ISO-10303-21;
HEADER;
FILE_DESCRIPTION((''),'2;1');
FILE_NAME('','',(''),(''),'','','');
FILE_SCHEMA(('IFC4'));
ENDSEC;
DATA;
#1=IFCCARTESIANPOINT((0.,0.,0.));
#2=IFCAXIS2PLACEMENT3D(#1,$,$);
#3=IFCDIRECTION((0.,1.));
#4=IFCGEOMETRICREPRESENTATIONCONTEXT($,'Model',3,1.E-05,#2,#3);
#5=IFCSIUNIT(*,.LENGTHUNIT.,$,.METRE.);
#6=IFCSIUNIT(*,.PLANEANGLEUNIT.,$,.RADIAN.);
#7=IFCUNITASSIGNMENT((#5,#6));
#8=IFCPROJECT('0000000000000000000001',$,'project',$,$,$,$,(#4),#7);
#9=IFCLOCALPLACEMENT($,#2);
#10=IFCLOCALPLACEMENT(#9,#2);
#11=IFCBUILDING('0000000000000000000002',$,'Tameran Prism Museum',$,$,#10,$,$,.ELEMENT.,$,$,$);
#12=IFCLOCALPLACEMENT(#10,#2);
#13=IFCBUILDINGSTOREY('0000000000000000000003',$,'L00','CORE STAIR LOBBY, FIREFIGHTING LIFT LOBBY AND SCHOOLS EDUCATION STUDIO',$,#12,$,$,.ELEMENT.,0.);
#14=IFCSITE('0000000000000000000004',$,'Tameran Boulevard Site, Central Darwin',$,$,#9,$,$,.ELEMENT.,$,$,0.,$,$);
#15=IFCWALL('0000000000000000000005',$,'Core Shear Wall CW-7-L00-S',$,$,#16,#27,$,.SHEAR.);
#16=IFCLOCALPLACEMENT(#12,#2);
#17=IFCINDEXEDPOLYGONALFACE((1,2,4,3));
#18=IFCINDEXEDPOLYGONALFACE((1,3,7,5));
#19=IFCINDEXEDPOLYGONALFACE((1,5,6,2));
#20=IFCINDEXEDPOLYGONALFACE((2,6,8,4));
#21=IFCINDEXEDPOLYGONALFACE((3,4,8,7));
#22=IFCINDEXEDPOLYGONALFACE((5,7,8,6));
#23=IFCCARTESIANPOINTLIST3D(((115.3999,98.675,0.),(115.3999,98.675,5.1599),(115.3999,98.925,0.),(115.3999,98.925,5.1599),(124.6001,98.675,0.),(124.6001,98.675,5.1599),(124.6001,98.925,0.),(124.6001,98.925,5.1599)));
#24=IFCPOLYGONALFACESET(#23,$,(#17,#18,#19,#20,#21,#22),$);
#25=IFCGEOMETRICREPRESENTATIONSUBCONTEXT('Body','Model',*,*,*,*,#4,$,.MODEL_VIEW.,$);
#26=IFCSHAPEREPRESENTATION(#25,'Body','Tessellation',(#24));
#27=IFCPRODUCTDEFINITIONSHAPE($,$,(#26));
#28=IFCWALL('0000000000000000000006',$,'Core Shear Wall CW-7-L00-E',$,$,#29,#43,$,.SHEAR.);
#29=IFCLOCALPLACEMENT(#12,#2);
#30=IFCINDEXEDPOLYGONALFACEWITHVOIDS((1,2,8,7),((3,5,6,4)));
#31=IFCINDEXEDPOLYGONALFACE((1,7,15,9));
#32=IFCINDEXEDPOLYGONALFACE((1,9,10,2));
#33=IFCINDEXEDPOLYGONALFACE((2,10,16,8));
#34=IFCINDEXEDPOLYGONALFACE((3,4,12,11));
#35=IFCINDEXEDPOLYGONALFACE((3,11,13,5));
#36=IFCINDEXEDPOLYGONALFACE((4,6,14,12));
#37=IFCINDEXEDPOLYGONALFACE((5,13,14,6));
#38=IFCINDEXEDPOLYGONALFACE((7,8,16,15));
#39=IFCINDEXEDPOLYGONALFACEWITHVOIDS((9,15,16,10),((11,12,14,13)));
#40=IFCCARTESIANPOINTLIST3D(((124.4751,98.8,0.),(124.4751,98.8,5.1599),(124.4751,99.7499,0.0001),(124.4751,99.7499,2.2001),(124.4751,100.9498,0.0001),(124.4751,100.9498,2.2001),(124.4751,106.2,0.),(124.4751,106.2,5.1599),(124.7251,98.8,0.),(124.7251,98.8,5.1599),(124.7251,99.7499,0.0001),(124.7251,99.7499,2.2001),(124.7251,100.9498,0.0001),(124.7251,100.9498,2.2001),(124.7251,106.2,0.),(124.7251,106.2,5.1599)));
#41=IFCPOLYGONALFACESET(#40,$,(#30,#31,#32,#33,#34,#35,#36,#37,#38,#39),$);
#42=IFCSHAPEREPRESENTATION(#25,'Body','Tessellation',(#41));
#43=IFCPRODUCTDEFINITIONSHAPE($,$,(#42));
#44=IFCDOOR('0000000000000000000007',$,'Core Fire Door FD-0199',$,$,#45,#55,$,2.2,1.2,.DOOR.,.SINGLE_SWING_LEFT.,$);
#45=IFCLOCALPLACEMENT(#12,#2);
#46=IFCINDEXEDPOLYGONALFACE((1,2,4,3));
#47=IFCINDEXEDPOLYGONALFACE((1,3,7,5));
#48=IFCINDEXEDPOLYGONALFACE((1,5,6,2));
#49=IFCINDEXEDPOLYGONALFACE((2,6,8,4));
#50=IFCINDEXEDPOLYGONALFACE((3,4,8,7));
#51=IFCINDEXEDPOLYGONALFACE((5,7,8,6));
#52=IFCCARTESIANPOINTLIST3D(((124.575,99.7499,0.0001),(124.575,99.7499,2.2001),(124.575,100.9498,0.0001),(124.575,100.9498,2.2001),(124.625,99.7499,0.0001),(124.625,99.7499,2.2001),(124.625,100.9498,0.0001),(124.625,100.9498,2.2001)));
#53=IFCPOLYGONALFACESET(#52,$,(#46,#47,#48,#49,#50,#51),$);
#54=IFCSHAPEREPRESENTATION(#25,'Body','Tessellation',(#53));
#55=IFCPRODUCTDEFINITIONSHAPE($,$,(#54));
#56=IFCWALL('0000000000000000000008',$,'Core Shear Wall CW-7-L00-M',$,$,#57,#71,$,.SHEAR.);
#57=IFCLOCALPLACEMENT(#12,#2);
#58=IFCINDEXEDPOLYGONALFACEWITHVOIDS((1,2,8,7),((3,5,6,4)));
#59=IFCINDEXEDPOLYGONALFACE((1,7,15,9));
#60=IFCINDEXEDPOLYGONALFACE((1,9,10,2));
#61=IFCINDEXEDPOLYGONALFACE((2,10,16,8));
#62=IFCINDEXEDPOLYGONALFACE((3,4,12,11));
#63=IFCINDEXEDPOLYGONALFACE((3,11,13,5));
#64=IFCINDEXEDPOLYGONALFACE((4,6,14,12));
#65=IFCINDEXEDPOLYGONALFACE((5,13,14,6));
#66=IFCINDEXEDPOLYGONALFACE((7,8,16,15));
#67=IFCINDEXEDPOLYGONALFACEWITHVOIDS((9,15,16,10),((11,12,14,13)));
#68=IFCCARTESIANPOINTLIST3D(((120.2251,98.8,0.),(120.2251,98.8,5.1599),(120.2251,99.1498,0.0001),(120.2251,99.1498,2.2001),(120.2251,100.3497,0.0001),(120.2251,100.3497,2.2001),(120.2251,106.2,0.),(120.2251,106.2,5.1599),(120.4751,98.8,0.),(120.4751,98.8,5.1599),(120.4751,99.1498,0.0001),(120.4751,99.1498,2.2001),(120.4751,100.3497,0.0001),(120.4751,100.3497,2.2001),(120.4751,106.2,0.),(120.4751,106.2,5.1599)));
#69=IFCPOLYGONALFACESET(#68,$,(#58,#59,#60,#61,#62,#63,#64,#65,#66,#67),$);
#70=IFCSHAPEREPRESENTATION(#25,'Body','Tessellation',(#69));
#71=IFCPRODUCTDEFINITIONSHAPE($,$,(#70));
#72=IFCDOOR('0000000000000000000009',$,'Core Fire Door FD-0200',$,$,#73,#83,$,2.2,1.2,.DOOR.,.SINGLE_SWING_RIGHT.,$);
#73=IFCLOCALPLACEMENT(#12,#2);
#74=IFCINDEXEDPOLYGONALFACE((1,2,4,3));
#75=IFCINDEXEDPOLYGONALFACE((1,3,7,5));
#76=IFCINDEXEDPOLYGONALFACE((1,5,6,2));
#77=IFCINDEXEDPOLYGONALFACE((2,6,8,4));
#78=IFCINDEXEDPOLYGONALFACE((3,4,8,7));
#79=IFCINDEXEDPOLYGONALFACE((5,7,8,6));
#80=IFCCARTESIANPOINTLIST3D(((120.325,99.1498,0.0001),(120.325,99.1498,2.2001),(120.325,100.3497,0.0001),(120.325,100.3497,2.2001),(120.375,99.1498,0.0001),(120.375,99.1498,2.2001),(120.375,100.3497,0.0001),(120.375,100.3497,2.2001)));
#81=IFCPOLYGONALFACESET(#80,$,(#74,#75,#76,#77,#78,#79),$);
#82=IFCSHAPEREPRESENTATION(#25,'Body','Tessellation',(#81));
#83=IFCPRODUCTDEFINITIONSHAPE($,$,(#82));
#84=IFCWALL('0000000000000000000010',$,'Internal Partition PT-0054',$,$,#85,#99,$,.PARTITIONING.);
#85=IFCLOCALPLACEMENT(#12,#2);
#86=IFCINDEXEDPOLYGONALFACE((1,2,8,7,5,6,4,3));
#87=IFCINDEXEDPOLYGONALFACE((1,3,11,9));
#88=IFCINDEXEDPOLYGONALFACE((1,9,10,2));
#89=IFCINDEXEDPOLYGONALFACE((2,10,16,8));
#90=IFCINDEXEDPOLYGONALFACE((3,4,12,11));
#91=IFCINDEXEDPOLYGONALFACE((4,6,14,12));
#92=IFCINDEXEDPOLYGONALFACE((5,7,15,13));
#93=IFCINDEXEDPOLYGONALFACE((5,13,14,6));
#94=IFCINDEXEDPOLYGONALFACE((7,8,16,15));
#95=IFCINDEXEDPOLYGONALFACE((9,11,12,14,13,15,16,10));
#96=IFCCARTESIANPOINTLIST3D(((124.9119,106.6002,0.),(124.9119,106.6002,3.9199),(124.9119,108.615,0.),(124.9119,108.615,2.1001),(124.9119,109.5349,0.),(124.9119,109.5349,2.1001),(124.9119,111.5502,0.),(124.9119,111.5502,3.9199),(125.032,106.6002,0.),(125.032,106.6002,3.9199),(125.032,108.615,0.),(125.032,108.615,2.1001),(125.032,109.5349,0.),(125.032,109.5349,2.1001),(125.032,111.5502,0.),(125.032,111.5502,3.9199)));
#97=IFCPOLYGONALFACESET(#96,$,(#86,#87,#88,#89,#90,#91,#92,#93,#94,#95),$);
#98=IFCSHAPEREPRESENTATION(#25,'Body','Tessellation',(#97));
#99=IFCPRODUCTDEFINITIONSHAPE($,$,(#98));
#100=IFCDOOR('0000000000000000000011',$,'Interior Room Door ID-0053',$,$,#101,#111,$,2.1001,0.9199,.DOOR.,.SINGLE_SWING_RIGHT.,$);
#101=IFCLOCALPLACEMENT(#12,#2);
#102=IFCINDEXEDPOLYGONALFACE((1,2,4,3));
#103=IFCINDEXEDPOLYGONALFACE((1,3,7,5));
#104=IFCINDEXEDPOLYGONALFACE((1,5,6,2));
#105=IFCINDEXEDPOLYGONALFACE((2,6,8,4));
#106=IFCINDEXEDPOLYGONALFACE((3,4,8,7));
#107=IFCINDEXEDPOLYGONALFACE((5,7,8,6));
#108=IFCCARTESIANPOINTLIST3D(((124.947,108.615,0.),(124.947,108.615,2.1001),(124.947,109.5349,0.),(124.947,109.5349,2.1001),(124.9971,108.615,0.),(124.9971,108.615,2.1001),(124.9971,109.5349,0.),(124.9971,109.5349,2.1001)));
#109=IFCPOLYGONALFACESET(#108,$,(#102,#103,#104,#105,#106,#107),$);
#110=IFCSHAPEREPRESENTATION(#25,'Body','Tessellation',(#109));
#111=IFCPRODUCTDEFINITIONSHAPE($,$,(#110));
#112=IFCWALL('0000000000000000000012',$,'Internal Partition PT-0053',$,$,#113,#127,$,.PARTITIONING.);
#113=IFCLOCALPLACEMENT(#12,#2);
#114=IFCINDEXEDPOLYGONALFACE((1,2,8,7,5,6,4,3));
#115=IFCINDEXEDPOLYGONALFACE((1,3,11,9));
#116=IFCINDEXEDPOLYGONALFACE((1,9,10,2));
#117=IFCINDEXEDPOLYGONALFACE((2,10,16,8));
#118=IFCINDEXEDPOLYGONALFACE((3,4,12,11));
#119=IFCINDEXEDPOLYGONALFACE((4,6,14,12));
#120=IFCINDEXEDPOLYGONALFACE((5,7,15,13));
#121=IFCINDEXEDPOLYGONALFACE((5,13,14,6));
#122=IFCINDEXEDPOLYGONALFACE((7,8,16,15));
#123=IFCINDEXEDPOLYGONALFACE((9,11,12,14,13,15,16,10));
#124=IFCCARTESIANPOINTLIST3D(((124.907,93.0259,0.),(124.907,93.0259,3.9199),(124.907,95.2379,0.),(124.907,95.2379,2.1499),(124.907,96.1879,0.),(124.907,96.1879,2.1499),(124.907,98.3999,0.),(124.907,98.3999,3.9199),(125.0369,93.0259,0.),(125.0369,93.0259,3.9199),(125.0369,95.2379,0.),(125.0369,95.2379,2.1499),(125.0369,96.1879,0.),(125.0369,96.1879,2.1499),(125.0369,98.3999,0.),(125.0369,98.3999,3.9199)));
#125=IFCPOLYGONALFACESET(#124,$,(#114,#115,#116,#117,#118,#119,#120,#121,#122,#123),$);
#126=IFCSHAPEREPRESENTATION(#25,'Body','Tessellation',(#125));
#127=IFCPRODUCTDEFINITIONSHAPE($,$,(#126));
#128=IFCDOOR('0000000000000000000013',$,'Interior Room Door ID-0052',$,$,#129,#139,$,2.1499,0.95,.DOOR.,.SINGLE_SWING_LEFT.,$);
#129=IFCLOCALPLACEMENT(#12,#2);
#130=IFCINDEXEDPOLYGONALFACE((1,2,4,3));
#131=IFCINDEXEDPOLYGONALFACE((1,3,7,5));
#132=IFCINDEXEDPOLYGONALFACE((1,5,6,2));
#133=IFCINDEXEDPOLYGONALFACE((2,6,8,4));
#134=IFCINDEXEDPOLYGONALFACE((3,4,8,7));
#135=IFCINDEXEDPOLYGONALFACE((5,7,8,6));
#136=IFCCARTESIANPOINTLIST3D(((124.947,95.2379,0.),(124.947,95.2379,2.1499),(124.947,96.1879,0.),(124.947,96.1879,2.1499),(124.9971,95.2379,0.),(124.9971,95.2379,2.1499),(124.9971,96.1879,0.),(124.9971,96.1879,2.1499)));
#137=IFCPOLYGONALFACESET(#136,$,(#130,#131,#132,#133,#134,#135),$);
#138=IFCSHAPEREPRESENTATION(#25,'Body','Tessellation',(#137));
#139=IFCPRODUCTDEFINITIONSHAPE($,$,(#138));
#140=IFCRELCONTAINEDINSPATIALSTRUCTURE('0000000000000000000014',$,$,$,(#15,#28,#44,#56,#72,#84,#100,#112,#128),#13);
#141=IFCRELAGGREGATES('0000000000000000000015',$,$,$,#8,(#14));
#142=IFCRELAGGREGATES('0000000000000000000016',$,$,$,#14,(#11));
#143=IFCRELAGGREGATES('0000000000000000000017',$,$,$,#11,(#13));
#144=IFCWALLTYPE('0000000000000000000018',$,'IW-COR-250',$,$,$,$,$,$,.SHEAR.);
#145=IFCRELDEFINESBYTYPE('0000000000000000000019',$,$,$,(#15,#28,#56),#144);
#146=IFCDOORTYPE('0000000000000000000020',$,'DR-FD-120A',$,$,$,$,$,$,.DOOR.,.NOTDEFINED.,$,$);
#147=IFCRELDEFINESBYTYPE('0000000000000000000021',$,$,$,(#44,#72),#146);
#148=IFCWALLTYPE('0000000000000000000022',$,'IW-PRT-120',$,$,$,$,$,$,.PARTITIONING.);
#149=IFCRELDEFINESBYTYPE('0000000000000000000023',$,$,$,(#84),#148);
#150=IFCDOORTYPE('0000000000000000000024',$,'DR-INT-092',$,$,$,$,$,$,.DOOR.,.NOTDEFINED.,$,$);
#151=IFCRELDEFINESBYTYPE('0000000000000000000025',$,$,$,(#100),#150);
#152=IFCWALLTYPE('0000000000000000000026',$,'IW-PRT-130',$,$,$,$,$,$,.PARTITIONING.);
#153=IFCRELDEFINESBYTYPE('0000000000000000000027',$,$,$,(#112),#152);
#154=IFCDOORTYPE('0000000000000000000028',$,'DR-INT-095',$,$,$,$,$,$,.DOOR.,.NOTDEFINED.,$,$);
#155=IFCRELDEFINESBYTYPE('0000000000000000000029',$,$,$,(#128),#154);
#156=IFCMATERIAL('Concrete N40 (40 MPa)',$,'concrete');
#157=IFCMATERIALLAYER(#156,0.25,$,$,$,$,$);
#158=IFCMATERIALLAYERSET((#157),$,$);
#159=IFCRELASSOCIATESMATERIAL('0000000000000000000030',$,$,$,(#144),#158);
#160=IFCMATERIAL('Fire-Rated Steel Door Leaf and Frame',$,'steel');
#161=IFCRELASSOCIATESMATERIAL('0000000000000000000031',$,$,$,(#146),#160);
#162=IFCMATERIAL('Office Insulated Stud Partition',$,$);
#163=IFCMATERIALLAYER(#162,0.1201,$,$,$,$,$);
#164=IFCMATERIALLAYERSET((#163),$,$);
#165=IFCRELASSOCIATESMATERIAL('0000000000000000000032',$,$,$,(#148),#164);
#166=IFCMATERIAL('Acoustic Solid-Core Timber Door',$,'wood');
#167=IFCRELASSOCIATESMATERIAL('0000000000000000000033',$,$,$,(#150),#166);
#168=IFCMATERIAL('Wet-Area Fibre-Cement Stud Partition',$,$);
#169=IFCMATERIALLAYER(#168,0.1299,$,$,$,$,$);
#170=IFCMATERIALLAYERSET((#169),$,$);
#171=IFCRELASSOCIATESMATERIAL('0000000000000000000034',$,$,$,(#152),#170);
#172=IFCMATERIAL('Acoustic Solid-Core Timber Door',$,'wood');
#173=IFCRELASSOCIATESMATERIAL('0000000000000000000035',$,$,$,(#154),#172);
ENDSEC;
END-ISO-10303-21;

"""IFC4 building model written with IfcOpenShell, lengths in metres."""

from ifc_helpers import new_model, si_unit, direction, frame, frame_2d, origin, place, context, subcontext, project, spatial, rectangle, extrude, material, layer, layer_set, type_object, element, fill, save


model = new_model("IFC4")

# Units and contexts
model_context = context("Model", 3, precision=1e-05, world=origin(), true_north=direction((0.0, 1.0)))
body_context = subcontext(model_context, "Body", "Model", "MODEL_VIEW")
ifc_project = project(units=[si_unit("LENGTHUNIT", "METRE"), si_unit("PLANEANGLEUNIT", "RADIAN")], contexts=[model_context])

# Site, building, storey
site_placement = place(None, origin())
site = spatial("IfcSite", under=ifc_project, at=site_placement, Name="Tameran Boulevard Site, Central Darwin", CompositionType="ELEMENT", RefElevation=0.0)
building_placement = place(site_placement, origin())
building = spatial("IfcBuilding", under=site, at=building_placement, Name="Tameran Prism Museum", CompositionType="ELEMENT")
storey_placement = place(building_placement, origin())
storey = spatial("IfcBuildingStorey", under=building, at=storey_placement, Name="L00", Description="CORE STAIR LOBBY, FIREFIGHTING LIFT LOBBY AND SCHOOLS EDUCATION STUDIO", CompositionType="ELEMENT", Elevation=0.0)

# Wall
ifc_material_1 = material(Name="Concrete N40 (40 MPa)", Category="concrete")
ifc_layer_1 = layer(ifc_material_1, 0.25)
ifc_layer_set_1 = layer_set([ifc_layer_1])
wall_type_1 = type_object("IfcWallType", Name="IW-COR-250", PredefinedType="SHEAR", material=ifc_layer_set_1)
wall_1_placement = place(storey_placement, frame((124.6001, 98.8, 0.0), z_axis=(0.0, 0.0, 1.0), x_axis=(-1.0, 0.0, 0.0)))
element("IfcWall", 1, at=wall_1_placement, inside=storey, type_object=wall_type_1, Name="Core Shear Wall CW-7-L00-S", PredefinedType="SHEAR", context=body_context, shape_type="SweptSolid", body=[
    extrude(rectangle(XDim=9.2002, YDim=0.25, at=frame_2d((4.6001, 0.0))), origin(), (0.0, 0.0, 1.0), 5.1599),
])

# Walls, openings, doors
wall_2_placement = place(storey_placement, frame((124.6001, 106.2, 0.0), z_axis=(0.0, 0.0, 1.0), x_axis=(0.0, -1.0, 0.0)))
wall_2 = element("IfcWall", 2, at=wall_2_placement, inside=storey, type_object=wall_type_1, Name="Core Shear Wall CW-7-L00-E", PredefinedType="SHEAR", context=body_context, shape_type="SweptSolid", body=[
    extrude(rectangle(XDim=7.3999, YDim=0.25, at=frame_2d((3.7, 0.0))), origin(), (0.0, 0.0, 1.0), 5.1599),
])
opening_1_placement = place(wall_2_placement, frame((5.25, 0.0, 0.0)))
opening_1 = element("IfcOpeningElement", 3, at=opening_1_placement, cuts=wall_2, PredefinedType="OPENING", context=body_context, shape_type="SweptSolid", body=[
    extrude(rectangle(XDim=1.2, YDim=2.2, at=frame_2d((0.6001, 1.1001))), frame((0.0, 0.135, 0.0), z_axis=(0.0, -1.0, 0.0), x_axis=(1.0, 0.0, 0.0)), (0.0, 0.0, 1.0), 0.27),
])
ifc_material_2 = material(Name="Fire-Rated Steel Door Leaf and Frame", Category="steel")
door_type_1 = type_object("IfcDoorType", Name="DR-FD-120A", OperationType="NOTDEFINED", PredefinedType="DOOR", material=ifc_material_2)
door_1_placement = place(opening_1_placement, origin())
door_1 = element("IfcDoor", 4, at=door_1_placement, inside=storey, type_object=door_type_1, Name="Core Fire Door FD-0199", OperationType="SINGLE_SWING_LEFT", OverallHeight=2.2, OverallWidth=1.2, PredefinedType="DOOR", context=body_context, shape_type="SweptSolid", body=[
    extrude(rectangle(XDim=1.2, YDim=2.2, at=frame_2d((0.6001, 1.1001))), frame((0.0, 0.0249, 0.0), z_axis=(0.0, -1.0, 0.0), x_axis=(1.0, 0.0, 0.0)), (0.0, 0.0, 1.0), 0.05),
])
fill(opening_1, door_1)
wall_3_placement = place(storey_placement, frame((120.3501, 106.2, 0.0), z_axis=(0.0, 0.0, 1.0), x_axis=(0.0, -1.0, 0.0)))
wall_3 = element("IfcWall", 5, at=wall_3_placement, inside=storey, type_object=wall_type_1, Name="Core Shear Wall CW-7-L00-M", PredefinedType="SHEAR", context=body_context, shape_type="SweptSolid", body=[
    extrude(rectangle(XDim=7.3999, YDim=0.25, at=frame_2d((3.7, 0.0))), origin(), (0.0, 0.0, 1.0), 5.1599),
])
opening_2_placement = place(wall_3_placement, frame((5.8501, 0.0, 0.0)))
opening_2 = element("IfcOpeningElement", 6, at=opening_2_placement, cuts=wall_3, PredefinedType="OPENING", context=body_context, shape_type="SweptSolid", body=[
    extrude(rectangle(XDim=1.2, YDim=2.2, at=frame_2d((0.6001, 1.1001))), frame((0.0, 0.135, 0.0), z_axis=(0.0, -1.0, 0.0), x_axis=(1.0, 0.0, 0.0)), (0.0, 0.0, 1.0), 0.27),
])
door_2_placement = place(opening_2_placement, origin())
door_2 = element("IfcDoor", 7, at=door_2_placement, inside=storey, type_object=door_type_1, Name="Core Fire Door FD-0200", OperationType="SINGLE_SWING_RIGHT", OverallHeight=2.2, OverallWidth=1.2, PredefinedType="DOOR", context=body_context, shape_type="SweptSolid", body=[
    extrude(rectangle(XDim=1.2, YDim=2.2, at=frame_2d((0.6001, 1.1001))), frame((0.0, 0.0249, 0.0), z_axis=(0.0, -1.0, 0.0), x_axis=(1.0, 0.0, 0.0)), (0.0, 0.0, 1.0), 0.05),
])
fill(opening_2, door_2)
ifc_material_3 = material(Name="Office Insulated Stud Partition")
ifc_layer_2 = layer(ifc_material_3, 0.1201)
ifc_layer_set_2 = layer_set([ifc_layer_2])
wall_type_2 = type_object("IfcWallType", Name="IW-PRT-120", PredefinedType="PARTITIONING", material=ifc_layer_set_2)
wall_4_placement = place(storey_placement, frame((124.9719, 106.6001, 0.0), z_axis=(0.0, 0.0, 1.0), x_axis=(0.0, 1.0, 0.0)))
wall_4 = element("IfcWall", 8, at=wall_4_placement, inside=storey, type_object=wall_type_2, Name="Internal Partition PT-0054", PredefinedType="PARTITIONING", context=body_context, shape_type="SweptSolid", body=[
    extrude(rectangle(XDim=4.95, YDim=0.1201, at=frame_2d((2.4751, 0.0))), origin(), (0.0, 0.0, 1.0), 3.9199),
])
opening_3_placement = place(wall_4_placement, frame((2.0149, 0.0, 0.0)))
opening_3 = element("IfcOpeningElement", 9, at=opening_3_placement, cuts=wall_4, PredefinedType="OPENING", context=body_context, shape_type="SweptSolid", body=[
    extrude(rectangle(XDim=0.9199, YDim=2.1001, at=frame_2d((0.46, 1.05))), frame((0.0, 0.0701, 0.0), z_axis=(0.0, -1.0, 0.0), x_axis=(1.0, 0.0, 0.0)), (0.0, 0.0, 1.0), 0.1401),
])
ifc_material_4 = material(Name="Acoustic Solid-Core Timber Door", Category="wood")
door_type_2 = type_object("IfcDoorType", Name="DR-INT-092", OperationType="NOTDEFINED", PredefinedType="DOOR", material=ifc_material_4)
door_3_placement = place(opening_3_placement, origin())
door_3 = element("IfcDoor", 10, at=door_3_placement, inside=storey, type_object=door_type_2, Name="Interior Room Door ID-0053", OperationType="SINGLE_SWING_RIGHT", OverallHeight=2.1001, OverallWidth=0.9199, PredefinedType="DOOR", context=body_context, shape_type="SweptSolid", body=[
    extrude(rectangle(XDim=0.9199, YDim=2.1001, at=frame_2d((0.46, 1.05))), frame((0.0, 0.0249, 0.0), z_axis=(0.0, -1.0, 0.0), x_axis=(1.0, 0.0, 0.0)), (0.0, 0.0, 1.0), 0.05),
])
fill(opening_3, door_3)
ifc_material_5 = material(Name="Wet-Area Fibre-Cement Stud Partition")
ifc_layer_3 = layer(ifc_material_5, 0.1299)
ifc_layer_set_3 = layer_set([ifc_layer_3])
wall_type_3 = type_object("IfcWallType", Name="IW-PRT-130", PredefinedType="PARTITIONING", material=ifc_layer_set_3)
wall_5_placement = place(storey_placement, frame((124.9719, 93.0259, 0.0), z_axis=(0.0, 0.0, 1.0), x_axis=(0.0, 1.0, 0.0)))
wall_5 = element("IfcWall", 11, at=wall_5_placement, inside=storey, type_object=wall_type_3, Name="Internal Partition PT-0053", PredefinedType="PARTITIONING", context=body_context, shape_type="SweptSolid", body=[
    extrude(rectangle(XDim=5.374, YDim=0.1299, at=frame_2d((2.687, 0.0))), origin(), (0.0, 0.0, 1.0), 3.9199),
])
opening_4_placement = place(wall_5_placement, frame((2.2119, 0.0, 0.0)))
opening_4 = element("IfcOpeningElement", 12, at=opening_4_placement, cuts=wall_5, PredefinedType="OPENING", context=body_context, shape_type="SweptSolid", body=[
    extrude(rectangle(XDim=0.95, YDim=2.1499, at=frame_2d((0.4751, 1.075))), frame((0.0, 0.075, 0.0), z_axis=(0.0, -1.0, 0.0), x_axis=(1.0, 0.0, 0.0)), (0.0, 0.0, 1.0), 0.1499),
])
ifc_material_6 = material(Name="Acoustic Solid-Core Timber Door", Category="wood")
door_type_3 = type_object("IfcDoorType", Name="DR-INT-095", OperationType="NOTDEFINED", PredefinedType="DOOR", material=ifc_material_6)
door_4_placement = place(opening_4_placement, origin())
door_4 = element("IfcDoor", 13, at=door_4_placement, inside=storey, type_object=door_type_3, Name="Interior Room Door ID-0052", OperationType="SINGLE_SWING_LEFT", OverallHeight=2.1499, OverallWidth=0.95, PredefinedType="DOOR", context=body_context, shape_type="SweptSolid", body=[
    extrude(rectangle(XDim=0.95, YDim=2.1499, at=frame_2d((0.4751, 1.075))), frame((0.0, 0.0249, 0.0), z_axis=(0.0, -1.0, 0.0), x_axis=(1.0, 0.0, 0.0)), (0.0, 0.0, 1.0), 0.05),
])
fill(opening_4, door_4)

save(model, "model.ifc")
